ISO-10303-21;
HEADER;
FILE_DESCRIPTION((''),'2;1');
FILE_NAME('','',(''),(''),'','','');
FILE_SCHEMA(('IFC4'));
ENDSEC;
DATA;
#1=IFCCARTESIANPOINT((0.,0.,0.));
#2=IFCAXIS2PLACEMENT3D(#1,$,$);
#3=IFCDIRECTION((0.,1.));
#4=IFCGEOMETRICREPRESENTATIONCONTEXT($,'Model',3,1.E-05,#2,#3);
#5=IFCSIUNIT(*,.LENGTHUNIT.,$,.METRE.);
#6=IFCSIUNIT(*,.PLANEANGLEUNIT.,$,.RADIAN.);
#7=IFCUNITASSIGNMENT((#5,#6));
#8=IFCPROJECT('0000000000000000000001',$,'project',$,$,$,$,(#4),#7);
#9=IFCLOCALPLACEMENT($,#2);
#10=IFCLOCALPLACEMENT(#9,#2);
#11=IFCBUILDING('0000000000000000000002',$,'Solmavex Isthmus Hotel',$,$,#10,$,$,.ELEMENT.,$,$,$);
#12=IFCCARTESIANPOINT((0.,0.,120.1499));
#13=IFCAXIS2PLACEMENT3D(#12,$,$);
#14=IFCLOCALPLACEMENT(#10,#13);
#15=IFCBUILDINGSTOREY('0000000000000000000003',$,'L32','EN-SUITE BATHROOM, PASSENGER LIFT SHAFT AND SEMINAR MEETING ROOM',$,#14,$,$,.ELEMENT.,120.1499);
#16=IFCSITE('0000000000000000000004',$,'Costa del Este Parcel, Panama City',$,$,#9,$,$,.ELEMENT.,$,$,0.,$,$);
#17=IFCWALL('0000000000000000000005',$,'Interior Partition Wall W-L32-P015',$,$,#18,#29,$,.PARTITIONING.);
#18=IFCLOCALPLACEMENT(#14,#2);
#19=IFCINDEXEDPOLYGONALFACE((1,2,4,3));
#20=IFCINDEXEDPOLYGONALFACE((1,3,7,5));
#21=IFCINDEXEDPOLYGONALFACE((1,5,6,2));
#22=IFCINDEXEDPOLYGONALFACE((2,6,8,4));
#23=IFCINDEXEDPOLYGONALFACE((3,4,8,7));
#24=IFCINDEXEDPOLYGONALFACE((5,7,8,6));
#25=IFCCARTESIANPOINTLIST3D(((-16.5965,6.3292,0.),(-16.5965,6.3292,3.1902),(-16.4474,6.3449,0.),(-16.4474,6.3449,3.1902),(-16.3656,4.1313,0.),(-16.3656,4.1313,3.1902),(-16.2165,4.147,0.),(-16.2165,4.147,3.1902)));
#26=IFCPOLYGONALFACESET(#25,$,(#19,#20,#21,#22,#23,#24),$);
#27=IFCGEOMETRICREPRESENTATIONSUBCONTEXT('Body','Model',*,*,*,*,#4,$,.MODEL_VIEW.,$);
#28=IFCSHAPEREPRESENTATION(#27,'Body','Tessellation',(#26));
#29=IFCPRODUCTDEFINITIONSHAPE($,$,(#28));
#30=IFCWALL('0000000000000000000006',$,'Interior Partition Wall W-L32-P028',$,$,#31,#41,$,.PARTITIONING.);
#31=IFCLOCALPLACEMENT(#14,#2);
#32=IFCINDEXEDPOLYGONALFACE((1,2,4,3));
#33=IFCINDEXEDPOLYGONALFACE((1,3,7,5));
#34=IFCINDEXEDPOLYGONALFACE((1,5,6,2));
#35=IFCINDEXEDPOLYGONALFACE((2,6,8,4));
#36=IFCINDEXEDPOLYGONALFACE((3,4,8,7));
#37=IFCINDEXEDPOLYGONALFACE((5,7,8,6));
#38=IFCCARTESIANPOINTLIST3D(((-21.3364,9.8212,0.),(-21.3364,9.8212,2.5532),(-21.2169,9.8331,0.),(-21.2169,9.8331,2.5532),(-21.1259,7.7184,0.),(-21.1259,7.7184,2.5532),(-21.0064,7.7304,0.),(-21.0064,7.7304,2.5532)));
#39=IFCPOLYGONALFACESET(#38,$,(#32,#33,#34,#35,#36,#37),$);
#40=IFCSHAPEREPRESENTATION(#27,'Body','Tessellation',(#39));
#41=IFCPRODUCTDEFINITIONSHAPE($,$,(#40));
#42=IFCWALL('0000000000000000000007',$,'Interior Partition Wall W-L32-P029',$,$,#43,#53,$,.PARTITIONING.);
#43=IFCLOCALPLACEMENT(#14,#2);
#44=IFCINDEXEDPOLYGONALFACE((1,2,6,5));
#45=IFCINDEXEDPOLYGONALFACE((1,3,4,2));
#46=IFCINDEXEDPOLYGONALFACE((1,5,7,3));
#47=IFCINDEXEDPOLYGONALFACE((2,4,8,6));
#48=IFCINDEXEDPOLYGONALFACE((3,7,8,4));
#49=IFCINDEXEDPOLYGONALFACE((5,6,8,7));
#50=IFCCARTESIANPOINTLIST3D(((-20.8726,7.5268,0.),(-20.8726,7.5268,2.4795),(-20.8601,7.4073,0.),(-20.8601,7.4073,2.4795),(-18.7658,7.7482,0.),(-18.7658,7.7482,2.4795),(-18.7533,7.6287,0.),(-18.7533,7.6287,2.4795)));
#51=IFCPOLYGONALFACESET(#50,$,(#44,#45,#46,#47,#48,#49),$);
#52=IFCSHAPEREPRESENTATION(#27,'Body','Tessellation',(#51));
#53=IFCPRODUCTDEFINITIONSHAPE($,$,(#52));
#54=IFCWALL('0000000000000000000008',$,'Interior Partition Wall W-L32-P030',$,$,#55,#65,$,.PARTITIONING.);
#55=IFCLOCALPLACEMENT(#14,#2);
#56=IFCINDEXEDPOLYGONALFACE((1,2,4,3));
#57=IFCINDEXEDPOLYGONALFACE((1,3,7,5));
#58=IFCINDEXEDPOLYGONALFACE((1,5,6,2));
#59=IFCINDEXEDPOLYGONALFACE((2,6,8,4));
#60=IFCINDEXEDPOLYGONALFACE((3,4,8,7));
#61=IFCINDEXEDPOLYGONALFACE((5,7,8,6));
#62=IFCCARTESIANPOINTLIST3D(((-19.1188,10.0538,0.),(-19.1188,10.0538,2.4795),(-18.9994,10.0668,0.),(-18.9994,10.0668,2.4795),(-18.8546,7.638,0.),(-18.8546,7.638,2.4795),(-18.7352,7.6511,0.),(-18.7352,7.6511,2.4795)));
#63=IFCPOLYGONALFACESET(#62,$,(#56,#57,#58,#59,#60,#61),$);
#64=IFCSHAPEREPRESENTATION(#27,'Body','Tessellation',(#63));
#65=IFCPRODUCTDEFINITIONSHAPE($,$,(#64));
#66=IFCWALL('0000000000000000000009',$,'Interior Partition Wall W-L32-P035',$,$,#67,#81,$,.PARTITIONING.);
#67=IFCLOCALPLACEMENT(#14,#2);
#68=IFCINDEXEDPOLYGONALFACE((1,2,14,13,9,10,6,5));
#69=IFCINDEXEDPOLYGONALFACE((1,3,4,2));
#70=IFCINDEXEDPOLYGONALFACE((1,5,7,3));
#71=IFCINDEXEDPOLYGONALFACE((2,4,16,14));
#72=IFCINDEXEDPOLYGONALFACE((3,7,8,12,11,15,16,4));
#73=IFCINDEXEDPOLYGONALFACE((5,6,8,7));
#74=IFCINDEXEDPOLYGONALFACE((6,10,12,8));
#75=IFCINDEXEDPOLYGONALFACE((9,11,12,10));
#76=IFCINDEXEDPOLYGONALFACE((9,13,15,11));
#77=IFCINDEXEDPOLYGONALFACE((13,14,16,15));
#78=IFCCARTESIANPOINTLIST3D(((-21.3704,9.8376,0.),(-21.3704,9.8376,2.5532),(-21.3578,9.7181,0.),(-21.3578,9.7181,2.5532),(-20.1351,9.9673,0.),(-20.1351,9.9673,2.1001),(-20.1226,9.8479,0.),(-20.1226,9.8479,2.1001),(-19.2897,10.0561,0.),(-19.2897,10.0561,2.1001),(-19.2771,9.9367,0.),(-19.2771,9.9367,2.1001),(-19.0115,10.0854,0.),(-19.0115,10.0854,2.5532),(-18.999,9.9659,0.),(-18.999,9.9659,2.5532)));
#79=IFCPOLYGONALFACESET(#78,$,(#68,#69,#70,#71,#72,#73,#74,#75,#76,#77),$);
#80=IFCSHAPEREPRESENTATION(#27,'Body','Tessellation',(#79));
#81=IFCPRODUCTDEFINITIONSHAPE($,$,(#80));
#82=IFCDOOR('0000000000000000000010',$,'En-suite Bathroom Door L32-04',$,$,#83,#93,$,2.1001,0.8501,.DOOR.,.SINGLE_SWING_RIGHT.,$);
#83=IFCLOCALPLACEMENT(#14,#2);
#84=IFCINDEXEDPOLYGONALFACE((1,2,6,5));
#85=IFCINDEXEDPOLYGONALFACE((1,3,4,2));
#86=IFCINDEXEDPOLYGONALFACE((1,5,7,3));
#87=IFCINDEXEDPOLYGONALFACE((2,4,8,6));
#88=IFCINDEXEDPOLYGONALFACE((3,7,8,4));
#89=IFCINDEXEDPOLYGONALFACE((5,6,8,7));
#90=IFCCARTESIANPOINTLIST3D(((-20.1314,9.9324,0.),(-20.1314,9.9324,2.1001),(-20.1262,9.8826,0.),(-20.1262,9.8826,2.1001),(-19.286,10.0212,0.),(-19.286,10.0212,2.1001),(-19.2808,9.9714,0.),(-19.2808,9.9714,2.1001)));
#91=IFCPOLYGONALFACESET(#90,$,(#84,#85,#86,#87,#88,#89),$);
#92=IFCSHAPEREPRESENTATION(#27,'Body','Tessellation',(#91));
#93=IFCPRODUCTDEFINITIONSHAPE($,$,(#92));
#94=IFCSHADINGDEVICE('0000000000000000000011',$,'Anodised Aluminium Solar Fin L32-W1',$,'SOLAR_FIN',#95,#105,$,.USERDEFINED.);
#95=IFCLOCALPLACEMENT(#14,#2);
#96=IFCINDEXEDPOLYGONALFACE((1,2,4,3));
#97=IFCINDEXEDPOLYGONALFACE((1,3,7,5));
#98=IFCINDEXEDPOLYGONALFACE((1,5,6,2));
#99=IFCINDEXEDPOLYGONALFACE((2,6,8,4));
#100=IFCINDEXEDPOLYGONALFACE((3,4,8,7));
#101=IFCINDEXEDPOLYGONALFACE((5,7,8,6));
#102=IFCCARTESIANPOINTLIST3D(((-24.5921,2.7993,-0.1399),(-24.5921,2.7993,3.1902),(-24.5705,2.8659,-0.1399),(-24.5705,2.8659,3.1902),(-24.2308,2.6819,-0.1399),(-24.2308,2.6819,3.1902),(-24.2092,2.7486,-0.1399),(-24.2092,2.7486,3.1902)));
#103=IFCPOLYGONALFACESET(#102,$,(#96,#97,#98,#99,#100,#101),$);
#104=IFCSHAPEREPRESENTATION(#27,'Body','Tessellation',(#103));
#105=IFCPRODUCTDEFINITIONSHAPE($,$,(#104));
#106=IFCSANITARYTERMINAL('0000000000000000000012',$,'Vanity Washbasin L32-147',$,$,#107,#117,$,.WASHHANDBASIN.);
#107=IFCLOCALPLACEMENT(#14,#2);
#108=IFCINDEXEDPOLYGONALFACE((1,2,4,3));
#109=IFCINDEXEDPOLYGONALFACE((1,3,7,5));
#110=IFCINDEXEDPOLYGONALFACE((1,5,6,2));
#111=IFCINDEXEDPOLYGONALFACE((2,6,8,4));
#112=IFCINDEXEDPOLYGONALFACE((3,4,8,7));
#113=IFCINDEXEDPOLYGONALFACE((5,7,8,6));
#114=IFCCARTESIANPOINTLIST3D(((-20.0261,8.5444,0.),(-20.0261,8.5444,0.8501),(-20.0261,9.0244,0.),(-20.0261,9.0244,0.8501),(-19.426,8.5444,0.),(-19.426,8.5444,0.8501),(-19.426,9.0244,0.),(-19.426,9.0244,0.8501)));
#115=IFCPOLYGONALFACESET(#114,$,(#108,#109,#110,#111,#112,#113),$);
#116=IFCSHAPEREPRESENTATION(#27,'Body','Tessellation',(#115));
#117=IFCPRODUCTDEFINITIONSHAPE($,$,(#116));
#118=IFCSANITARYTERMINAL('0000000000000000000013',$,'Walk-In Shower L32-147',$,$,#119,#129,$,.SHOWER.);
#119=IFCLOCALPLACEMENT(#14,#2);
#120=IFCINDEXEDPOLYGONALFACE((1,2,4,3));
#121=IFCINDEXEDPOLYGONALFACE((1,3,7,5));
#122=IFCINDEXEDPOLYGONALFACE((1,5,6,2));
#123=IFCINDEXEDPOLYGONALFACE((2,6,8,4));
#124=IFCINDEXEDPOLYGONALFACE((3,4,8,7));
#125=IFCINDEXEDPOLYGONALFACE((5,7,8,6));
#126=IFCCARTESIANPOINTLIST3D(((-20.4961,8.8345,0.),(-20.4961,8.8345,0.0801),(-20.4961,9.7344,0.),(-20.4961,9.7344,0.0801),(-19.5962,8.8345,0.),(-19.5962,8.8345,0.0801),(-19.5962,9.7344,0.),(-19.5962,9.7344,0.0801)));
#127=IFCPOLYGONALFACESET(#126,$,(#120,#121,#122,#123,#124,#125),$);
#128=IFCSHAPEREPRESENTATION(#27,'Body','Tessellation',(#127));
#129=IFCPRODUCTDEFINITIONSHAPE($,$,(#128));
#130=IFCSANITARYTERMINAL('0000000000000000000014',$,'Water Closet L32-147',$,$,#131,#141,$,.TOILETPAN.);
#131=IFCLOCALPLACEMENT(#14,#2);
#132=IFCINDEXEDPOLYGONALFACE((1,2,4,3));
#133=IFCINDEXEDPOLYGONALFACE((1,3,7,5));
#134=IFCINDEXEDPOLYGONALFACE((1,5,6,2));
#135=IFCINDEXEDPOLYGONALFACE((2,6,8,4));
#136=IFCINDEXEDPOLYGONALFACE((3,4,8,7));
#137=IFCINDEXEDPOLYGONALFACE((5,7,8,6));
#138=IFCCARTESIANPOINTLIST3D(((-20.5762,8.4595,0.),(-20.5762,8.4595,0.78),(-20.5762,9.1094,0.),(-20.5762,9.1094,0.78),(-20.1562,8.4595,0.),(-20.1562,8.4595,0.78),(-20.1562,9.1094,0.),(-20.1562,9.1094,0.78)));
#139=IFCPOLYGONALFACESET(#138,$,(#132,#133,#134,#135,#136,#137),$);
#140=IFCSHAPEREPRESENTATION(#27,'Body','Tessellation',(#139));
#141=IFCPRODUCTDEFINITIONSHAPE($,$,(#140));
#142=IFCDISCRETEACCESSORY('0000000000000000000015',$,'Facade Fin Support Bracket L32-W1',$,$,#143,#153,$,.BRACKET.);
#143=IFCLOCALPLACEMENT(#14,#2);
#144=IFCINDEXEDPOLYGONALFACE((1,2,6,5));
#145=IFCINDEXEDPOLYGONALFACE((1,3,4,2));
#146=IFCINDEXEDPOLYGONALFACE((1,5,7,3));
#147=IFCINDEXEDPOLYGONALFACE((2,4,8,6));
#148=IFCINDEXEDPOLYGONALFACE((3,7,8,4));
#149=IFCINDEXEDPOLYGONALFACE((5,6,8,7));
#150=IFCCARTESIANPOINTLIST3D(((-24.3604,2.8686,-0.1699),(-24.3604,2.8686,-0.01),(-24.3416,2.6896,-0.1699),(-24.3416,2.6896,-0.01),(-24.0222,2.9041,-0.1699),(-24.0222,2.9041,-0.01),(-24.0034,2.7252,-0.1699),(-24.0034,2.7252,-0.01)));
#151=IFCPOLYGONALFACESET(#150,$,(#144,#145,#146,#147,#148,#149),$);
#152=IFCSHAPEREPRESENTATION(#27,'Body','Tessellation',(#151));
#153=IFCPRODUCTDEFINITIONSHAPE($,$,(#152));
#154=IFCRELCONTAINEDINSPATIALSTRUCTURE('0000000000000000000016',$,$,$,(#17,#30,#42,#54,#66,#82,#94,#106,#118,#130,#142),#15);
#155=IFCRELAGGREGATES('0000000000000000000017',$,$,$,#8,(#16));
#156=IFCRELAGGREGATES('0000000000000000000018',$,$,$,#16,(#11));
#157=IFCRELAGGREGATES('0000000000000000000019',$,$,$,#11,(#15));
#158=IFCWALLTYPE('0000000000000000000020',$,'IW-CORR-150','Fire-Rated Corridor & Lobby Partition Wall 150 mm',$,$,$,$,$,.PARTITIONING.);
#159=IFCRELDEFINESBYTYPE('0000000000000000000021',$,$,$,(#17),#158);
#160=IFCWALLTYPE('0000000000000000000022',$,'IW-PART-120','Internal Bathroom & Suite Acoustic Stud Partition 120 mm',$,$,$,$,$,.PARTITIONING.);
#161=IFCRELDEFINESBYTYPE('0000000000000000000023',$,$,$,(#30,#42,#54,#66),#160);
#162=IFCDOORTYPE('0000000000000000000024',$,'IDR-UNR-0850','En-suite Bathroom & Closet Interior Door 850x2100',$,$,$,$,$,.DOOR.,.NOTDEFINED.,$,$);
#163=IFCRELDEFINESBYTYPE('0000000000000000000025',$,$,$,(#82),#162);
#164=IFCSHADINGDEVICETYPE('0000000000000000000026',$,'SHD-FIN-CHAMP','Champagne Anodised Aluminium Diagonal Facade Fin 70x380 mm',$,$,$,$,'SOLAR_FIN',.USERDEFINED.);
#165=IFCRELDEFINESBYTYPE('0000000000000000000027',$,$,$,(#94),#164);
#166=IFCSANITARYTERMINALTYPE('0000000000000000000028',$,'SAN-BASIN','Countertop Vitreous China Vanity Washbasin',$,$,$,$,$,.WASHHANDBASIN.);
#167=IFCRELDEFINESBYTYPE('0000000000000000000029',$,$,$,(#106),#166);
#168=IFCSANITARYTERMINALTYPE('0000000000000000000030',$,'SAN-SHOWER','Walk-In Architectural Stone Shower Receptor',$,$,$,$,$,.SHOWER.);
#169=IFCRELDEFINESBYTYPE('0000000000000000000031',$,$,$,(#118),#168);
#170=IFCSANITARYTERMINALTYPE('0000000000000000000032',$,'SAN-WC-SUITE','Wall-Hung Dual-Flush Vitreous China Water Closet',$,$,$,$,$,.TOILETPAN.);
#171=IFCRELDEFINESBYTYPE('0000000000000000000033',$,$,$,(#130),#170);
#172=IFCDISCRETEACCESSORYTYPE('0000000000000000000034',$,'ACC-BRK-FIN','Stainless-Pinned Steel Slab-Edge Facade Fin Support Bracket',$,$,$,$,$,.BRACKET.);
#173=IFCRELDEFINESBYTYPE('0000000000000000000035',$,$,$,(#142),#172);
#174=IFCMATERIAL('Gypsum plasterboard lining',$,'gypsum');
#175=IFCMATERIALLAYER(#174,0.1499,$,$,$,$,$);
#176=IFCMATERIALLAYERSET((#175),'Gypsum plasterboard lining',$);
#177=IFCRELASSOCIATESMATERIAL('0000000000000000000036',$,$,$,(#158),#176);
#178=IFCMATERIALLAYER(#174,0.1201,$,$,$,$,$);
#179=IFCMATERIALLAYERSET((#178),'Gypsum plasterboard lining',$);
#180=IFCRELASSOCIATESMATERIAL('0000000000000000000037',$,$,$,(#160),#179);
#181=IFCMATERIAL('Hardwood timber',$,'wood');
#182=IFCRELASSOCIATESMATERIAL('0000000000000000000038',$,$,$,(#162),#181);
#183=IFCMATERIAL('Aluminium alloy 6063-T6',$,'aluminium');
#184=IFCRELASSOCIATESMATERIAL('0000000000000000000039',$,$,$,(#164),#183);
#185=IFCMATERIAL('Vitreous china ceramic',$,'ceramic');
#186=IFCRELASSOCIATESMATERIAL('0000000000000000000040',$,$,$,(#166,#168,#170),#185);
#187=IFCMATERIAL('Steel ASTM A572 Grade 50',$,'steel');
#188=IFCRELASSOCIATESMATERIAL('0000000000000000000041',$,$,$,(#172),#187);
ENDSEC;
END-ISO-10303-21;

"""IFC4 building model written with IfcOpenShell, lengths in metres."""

from ifc_helpers import new_model, si_unit, direction, frame, frame_2d, origin, origin_2d, place, context, subcontext, project, spatial, rectangle, extrude, material, layer, layer_set, type_object, element, fill, save


model = new_model("IFC4")

# Units and contexts
model_context = context("Model", 3, precision=1e-05, world=origin(), true_north=direction((0.0, 1.0)))
body_context = subcontext(model_context, "Body", "Model", "MODEL_VIEW")
ifc_project = project(units=[si_unit("LENGTHUNIT", "METRE"), si_unit("PLANEANGLEUNIT", "RADIAN")], contexts=[model_context])

# Site, building, storey
site_placement = place(None, origin())
site = spatial("IfcSite", under=ifc_project, at=site_placement, Name="Costa del Este Parcel, Panama City", CompositionType="ELEMENT", RefElevation=0.0)
building_placement = place(site_placement, origin())
building = spatial("IfcBuilding", under=site, at=building_placement, Name="Solmavex Isthmus Hotel", CompositionType="ELEMENT")
storey_placement = place(building_placement, frame((0.0, 0.0, 120.1499)))
storey = spatial("IfcBuildingStorey", under=building, at=storey_placement, Name="L32", Description="EN-SUITE BATHROOM, PASSENGER LIFT SHAFT AND SEMINAR MEETING ROOM", CompositionType="ELEMENT", Elevation=120.1499)

# Shared definitions
ifc_material_1 = material(Name="Aluminium alloy 6063-T6", Category="aluminium")

# Shared definitions
ifc_material_2 = material(Name="Gypsum plasterboard lining", Category="gypsum")
ifc_material_3 = material(Name="Hardwood timber", Category="wood")

# Shared definitions
ifc_layer_1 = layer(ifc_material_2, 0.1499)
ifc_layer_set_1 = layer_set([ifc_layer_1], Name="Gypsum plasterboard lining")
wall_type_1 = type_object("IfcWallType", Name="IW-CORR-150", Description="Fire-Rated Corridor & Lobby Partition Wall 150 mm", PredefinedType="PARTITIONING", material=ifc_layer_set_1)

# Walls
wall_1_placement = place(storey_placement, frame((-16.291, 4.1392, 0.0), z_axis=(0.0, 0.0, 1.0), x_axis=(-0.104512, 0.994524, 0.0)))
element("IfcWall", 1, at=wall_1_placement, inside=storey, type_object=wall_type_1, Name="Interior Partition Wall W-L32-P015", PredefinedType="PARTITIONING", context=body_context, shape_type="SweptSolid", body=[
    extrude(rectangle(XDim=2.21, YDim=0.1499, at=frame_2d((1.105, 0.0))), origin(), (0.0, 0.0, 1.0), 3.1902),
])
ifc_layer_2 = layer(ifc_material_2, 0.1201)
ifc_layer_set_2 = layer_set([ifc_layer_2], Name="Gypsum plasterboard lining")
wall_type_2 = type_object("IfcWallType", Name="IW-PART-120", Description="Internal Bathroom & Suite Acoustic Stud Partition 120 mm", PredefinedType="PARTITIONING", material=ifc_layer_set_2)
wall_2_placement = place(storey_placement, frame((-21.2766, 9.8271, 0.0), z_axis=(0.0, 0.0, 1.0), x_axis=(0.099584, -0.995029, 0.0)))
element("IfcWall", 2, at=wall_2_placement, inside=storey, type_object=wall_type_2, Name="Interior Partition Wall W-L32-P028", PredefinedType="PARTITIONING", context=body_context, shape_type="SweptSolid", body=[
    extrude(rectangle(XDim=2.1133, YDim=0.1201, at=frame_2d((1.0566, 0.0))), origin(), (0.0, 0.0, 1.0), 2.5532),
])
wall_3_placement = place(storey_placement, frame((-20.8662, 7.467, 0.0), z_axis=(0.0, 0.0, 1.0), x_axis=(0.994521, 0.104535, 0.0)))
element("IfcWall", 3, at=wall_3_placement, inside=storey, type_object=wall_type_2, Name="Interior Partition Wall W-L32-P029", PredefinedType="PARTITIONING", context=body_context, shape_type="SweptSolid", body=[
    extrude(rectangle(XDim=2.1184, YDim=0.1201, at=frame_2d((1.0591, 0.0))), origin(), (0.0, 0.0, 1.0), 2.4795),
])
wall_4_placement = place(storey_placement, frame((-18.7949, 7.6445, 0.0), z_axis=(0.0, 0.0, 1.0), x_axis=(-0.1087, 0.994075, 0.0)))
element("IfcWall", 4, at=wall_4_placement, inside=storey, type_object=wall_type_2, Name="Interior Partition Wall W-L32-P030", PredefinedType="PARTITIONING", context=body_context, shape_type="SweptSolid", body=[
    extrude(rectangle(XDim=2.4302, YDim=0.1201, at=frame_2d((1.2151, 0.0))), origin(), (0.0, 0.0, 1.0), 2.4795),
])

# Wall, opening, door
wall_5_placement = place(storey_placement, frame((-19.0051, 10.0256, 0.0), z_axis=(0.0, 0.0, 1.0), x_axis=(-0.994527, -0.104476, 0.0)))
wall_5 = element("IfcWall", 5, at=wall_5_placement, inside=storey, type_object=wall_type_2, Name="Interior Partition Wall W-L32-P035", PredefinedType="PARTITIONING", context=body_context, shape_type="SweptSolid", body=[
    extrude(rectangle(XDim=2.3718, YDim=0.1201, at=frame_2d((1.186, 0.0))), origin(), (0.0, 0.0, 1.0), 2.5532),
])
opening_1_placement = place(wall_5_placement, frame((0.2798, 0.0, 0.0)))
opening_1 = element("IfcOpeningElement", 6, at=opening_1_placement, cuts=wall_5, PredefinedType="OPENING", context=body_context, shape_type="SweptSolid", body=[
    extrude(rectangle(XDim=0.8501, YDim=2.1001, at=frame_2d((0.425, 1.05))), frame((0.0, 0.0701, 0.0), z_axis=(0.0, -1.0, 0.0), x_axis=(1.0, 0.0, 0.0)), (0.0, 0.0, 1.0), 0.1401),
])
door_type_1 = type_object("IfcDoorType", Name="IDR-UNR-0850", Description="En-suite Bathroom & Closet Interior Door 850x2100", OperationType="NOTDEFINED", PredefinedType="DOOR", material=ifc_material_3)
door_1_placement = place(opening_1_placement, frame((0.8501, 0.0, 0.0), z_axis=(0.0, 0.0, 1.0), x_axis=(-1.0, 0.0, 0.0)))
door_1 = element("IfcDoor", 7, at=door_1_placement, inside=storey, type_object=door_type_1, Name="En-suite Bathroom Door L32-04", OperationType="SINGLE_SWING_RIGHT", OverallHeight=2.1001, OverallWidth=0.8501, PredefinedType="DOOR", context=body_context, shape_type="SweptSolid", body=[
    extrude(rectangle(XDim=0.8501, YDim=2.1001, at=frame_2d((0.425, 1.05))), frame((0.0, 0.0249, 0.0), z_axis=(0.0, -1.0, 0.0), x_axis=(1.0, 0.0, 0.0)), (0.0, 0.0, 1.0), 0.05),
])
fill(opening_1, door_1)

# Shading device
shading_device_type = type_object("IfcShadingDeviceType", Name="SHD-FIN-CHAMP", Description="Champagne Anodised Aluminium Diagonal Facade Fin 70x380 mm", ElementType="SOLAR_FIN", PredefinedType="USERDEFINED", material=ifc_material_1)
shading_device_placement = place(storey_placement, frame((-24.4006, 2.7739, -0.1399), z_axis=(0.0, 0.0, 1.0), x_axis=(-0.951057, 0.309017, 0.0)))
element("IfcShadingDevice", 8, at=shading_device_placement, inside=storey, type_object=shading_device_type, Name="Anodised Aluminium Solar Fin L32-W1", ObjectType="SOLAR_FIN", PredefinedType="USERDEFINED", context=body_context, shape_type="SweptSolid", body=[
    extrude(rectangle(XDim=0.3799, YDim=0.0701, at=origin_2d()), origin(), (0.0, 0.0, 1.0), 3.3301),
])

# Sanitary terminals
ifc_material_4 = material(Name="Vitreous china ceramic", Category="ceramic")
sanitary_terminal_type_1 = type_object("IfcSanitaryTerminalType", Name="SAN-BASIN", Description="Countertop Vitreous China Vanity Washbasin", PredefinedType="WASHHANDBASIN", material=ifc_material_4)
sanitary_terminal_1_placement = place(storey_placement, frame((-19.7261, 8.7844, 0.0), z_axis=(0.0, 0.0, 1.0), x_axis=(1.0, 0.0, 0.0)))
element("IfcSanitaryTerminal", 9, at=sanitary_terminal_1_placement, inside=storey, type_object=sanitary_terminal_type_1, Name="Vanity Washbasin L32-147", PredefinedType="WASHHANDBASIN", context=body_context, shape_type="SweptSolid", body=[
    extrude(rectangle(XDim=0.6001, YDim=0.48, at=origin_2d()), origin(), (0.0, 0.0, 1.0), 0.8501),
])
sanitary_terminal_type_2 = type_object("IfcSanitaryTerminalType", Name="SAN-SHOWER", Description="Walk-In Architectural Stone Shower Receptor", PredefinedType="SHOWER", material=ifc_material_4)
sanitary_terminal_2_placement = place(storey_placement, frame((-20.0461, 9.2844, 0.0), z_axis=(0.0, 0.0, 1.0), x_axis=(1.0, 0.0, 0.0)))
element("IfcSanitaryTerminal", 10, at=sanitary_terminal_2_placement, inside=storey, type_object=sanitary_terminal_type_2, Name="Walk-In Shower L32-147", PredefinedType="SHOWER", context=body_context, shape_type="SweptSolid", body=[
    extrude(rectangle(XDim=0.8999, YDim=0.8999, at=origin_2d()), origin(), (0.0, 0.0, 1.0), 0.0801),
])
sanitary_terminal_type_3 = type_object("IfcSanitaryTerminalType", Name="SAN-WC-SUITE", Description="Wall-Hung Dual-Flush Vitreous China Water Closet", PredefinedType="TOILETPAN", material=ifc_material_4)
sanitary_terminal_3_placement = place(storey_placement, frame((-20.3662, 8.7844, 0.0), z_axis=(0.0, 0.0, 1.0), x_axis=(1.0, 0.0, 0.0)))
element("IfcSanitaryTerminal", 11, at=sanitary_terminal_3_placement, inside=storey, type_object=sanitary_terminal_type_3, Name="Water Closet L32-147", PredefinedType="TOILETPAN", context=body_context, shape_type="SweptSolid", body=[
    extrude(rectangle(XDim=0.4199, YDim=0.6499, at=origin_2d()), origin(), (0.0, 0.0, 1.0), 0.78),
])

# Discrete accessory
ifc_material_5 = material(Name="Steel ASTM A572 Grade 50", Category="steel")
discrete_accessory_type = type_object("IfcDiscreteAccessoryType", Name="ACC-BRK-FIN", Description="Stainless-Pinned Steel Slab-Edge Facade Fin Support Bracket", PredefinedType="BRACKET", material=ifc_material_5)
discrete_accessory_placement = place(storey_placement, frame((-24.1819, 2.7969, -0.1699), z_axis=(0.0, 0.0, 1.0), x_axis=(-0.994522, -0.104528, 0.0)))
element("IfcDiscreteAccessory", 12, at=discrete_accessory_placement, inside=storey, type_object=discrete_accessory_type, Name="Facade Fin Support Bracket L32-W1", PredefinedType="BRACKET", context=body_context, shape_type="SweptSolid", body=[
    extrude(rectangle(XDim=0.3401, YDim=0.1799, at=origin_2d()), origin(), (0.0, 0.0, 1.0), 0.1599),
])

save(model, "model.ifc")
